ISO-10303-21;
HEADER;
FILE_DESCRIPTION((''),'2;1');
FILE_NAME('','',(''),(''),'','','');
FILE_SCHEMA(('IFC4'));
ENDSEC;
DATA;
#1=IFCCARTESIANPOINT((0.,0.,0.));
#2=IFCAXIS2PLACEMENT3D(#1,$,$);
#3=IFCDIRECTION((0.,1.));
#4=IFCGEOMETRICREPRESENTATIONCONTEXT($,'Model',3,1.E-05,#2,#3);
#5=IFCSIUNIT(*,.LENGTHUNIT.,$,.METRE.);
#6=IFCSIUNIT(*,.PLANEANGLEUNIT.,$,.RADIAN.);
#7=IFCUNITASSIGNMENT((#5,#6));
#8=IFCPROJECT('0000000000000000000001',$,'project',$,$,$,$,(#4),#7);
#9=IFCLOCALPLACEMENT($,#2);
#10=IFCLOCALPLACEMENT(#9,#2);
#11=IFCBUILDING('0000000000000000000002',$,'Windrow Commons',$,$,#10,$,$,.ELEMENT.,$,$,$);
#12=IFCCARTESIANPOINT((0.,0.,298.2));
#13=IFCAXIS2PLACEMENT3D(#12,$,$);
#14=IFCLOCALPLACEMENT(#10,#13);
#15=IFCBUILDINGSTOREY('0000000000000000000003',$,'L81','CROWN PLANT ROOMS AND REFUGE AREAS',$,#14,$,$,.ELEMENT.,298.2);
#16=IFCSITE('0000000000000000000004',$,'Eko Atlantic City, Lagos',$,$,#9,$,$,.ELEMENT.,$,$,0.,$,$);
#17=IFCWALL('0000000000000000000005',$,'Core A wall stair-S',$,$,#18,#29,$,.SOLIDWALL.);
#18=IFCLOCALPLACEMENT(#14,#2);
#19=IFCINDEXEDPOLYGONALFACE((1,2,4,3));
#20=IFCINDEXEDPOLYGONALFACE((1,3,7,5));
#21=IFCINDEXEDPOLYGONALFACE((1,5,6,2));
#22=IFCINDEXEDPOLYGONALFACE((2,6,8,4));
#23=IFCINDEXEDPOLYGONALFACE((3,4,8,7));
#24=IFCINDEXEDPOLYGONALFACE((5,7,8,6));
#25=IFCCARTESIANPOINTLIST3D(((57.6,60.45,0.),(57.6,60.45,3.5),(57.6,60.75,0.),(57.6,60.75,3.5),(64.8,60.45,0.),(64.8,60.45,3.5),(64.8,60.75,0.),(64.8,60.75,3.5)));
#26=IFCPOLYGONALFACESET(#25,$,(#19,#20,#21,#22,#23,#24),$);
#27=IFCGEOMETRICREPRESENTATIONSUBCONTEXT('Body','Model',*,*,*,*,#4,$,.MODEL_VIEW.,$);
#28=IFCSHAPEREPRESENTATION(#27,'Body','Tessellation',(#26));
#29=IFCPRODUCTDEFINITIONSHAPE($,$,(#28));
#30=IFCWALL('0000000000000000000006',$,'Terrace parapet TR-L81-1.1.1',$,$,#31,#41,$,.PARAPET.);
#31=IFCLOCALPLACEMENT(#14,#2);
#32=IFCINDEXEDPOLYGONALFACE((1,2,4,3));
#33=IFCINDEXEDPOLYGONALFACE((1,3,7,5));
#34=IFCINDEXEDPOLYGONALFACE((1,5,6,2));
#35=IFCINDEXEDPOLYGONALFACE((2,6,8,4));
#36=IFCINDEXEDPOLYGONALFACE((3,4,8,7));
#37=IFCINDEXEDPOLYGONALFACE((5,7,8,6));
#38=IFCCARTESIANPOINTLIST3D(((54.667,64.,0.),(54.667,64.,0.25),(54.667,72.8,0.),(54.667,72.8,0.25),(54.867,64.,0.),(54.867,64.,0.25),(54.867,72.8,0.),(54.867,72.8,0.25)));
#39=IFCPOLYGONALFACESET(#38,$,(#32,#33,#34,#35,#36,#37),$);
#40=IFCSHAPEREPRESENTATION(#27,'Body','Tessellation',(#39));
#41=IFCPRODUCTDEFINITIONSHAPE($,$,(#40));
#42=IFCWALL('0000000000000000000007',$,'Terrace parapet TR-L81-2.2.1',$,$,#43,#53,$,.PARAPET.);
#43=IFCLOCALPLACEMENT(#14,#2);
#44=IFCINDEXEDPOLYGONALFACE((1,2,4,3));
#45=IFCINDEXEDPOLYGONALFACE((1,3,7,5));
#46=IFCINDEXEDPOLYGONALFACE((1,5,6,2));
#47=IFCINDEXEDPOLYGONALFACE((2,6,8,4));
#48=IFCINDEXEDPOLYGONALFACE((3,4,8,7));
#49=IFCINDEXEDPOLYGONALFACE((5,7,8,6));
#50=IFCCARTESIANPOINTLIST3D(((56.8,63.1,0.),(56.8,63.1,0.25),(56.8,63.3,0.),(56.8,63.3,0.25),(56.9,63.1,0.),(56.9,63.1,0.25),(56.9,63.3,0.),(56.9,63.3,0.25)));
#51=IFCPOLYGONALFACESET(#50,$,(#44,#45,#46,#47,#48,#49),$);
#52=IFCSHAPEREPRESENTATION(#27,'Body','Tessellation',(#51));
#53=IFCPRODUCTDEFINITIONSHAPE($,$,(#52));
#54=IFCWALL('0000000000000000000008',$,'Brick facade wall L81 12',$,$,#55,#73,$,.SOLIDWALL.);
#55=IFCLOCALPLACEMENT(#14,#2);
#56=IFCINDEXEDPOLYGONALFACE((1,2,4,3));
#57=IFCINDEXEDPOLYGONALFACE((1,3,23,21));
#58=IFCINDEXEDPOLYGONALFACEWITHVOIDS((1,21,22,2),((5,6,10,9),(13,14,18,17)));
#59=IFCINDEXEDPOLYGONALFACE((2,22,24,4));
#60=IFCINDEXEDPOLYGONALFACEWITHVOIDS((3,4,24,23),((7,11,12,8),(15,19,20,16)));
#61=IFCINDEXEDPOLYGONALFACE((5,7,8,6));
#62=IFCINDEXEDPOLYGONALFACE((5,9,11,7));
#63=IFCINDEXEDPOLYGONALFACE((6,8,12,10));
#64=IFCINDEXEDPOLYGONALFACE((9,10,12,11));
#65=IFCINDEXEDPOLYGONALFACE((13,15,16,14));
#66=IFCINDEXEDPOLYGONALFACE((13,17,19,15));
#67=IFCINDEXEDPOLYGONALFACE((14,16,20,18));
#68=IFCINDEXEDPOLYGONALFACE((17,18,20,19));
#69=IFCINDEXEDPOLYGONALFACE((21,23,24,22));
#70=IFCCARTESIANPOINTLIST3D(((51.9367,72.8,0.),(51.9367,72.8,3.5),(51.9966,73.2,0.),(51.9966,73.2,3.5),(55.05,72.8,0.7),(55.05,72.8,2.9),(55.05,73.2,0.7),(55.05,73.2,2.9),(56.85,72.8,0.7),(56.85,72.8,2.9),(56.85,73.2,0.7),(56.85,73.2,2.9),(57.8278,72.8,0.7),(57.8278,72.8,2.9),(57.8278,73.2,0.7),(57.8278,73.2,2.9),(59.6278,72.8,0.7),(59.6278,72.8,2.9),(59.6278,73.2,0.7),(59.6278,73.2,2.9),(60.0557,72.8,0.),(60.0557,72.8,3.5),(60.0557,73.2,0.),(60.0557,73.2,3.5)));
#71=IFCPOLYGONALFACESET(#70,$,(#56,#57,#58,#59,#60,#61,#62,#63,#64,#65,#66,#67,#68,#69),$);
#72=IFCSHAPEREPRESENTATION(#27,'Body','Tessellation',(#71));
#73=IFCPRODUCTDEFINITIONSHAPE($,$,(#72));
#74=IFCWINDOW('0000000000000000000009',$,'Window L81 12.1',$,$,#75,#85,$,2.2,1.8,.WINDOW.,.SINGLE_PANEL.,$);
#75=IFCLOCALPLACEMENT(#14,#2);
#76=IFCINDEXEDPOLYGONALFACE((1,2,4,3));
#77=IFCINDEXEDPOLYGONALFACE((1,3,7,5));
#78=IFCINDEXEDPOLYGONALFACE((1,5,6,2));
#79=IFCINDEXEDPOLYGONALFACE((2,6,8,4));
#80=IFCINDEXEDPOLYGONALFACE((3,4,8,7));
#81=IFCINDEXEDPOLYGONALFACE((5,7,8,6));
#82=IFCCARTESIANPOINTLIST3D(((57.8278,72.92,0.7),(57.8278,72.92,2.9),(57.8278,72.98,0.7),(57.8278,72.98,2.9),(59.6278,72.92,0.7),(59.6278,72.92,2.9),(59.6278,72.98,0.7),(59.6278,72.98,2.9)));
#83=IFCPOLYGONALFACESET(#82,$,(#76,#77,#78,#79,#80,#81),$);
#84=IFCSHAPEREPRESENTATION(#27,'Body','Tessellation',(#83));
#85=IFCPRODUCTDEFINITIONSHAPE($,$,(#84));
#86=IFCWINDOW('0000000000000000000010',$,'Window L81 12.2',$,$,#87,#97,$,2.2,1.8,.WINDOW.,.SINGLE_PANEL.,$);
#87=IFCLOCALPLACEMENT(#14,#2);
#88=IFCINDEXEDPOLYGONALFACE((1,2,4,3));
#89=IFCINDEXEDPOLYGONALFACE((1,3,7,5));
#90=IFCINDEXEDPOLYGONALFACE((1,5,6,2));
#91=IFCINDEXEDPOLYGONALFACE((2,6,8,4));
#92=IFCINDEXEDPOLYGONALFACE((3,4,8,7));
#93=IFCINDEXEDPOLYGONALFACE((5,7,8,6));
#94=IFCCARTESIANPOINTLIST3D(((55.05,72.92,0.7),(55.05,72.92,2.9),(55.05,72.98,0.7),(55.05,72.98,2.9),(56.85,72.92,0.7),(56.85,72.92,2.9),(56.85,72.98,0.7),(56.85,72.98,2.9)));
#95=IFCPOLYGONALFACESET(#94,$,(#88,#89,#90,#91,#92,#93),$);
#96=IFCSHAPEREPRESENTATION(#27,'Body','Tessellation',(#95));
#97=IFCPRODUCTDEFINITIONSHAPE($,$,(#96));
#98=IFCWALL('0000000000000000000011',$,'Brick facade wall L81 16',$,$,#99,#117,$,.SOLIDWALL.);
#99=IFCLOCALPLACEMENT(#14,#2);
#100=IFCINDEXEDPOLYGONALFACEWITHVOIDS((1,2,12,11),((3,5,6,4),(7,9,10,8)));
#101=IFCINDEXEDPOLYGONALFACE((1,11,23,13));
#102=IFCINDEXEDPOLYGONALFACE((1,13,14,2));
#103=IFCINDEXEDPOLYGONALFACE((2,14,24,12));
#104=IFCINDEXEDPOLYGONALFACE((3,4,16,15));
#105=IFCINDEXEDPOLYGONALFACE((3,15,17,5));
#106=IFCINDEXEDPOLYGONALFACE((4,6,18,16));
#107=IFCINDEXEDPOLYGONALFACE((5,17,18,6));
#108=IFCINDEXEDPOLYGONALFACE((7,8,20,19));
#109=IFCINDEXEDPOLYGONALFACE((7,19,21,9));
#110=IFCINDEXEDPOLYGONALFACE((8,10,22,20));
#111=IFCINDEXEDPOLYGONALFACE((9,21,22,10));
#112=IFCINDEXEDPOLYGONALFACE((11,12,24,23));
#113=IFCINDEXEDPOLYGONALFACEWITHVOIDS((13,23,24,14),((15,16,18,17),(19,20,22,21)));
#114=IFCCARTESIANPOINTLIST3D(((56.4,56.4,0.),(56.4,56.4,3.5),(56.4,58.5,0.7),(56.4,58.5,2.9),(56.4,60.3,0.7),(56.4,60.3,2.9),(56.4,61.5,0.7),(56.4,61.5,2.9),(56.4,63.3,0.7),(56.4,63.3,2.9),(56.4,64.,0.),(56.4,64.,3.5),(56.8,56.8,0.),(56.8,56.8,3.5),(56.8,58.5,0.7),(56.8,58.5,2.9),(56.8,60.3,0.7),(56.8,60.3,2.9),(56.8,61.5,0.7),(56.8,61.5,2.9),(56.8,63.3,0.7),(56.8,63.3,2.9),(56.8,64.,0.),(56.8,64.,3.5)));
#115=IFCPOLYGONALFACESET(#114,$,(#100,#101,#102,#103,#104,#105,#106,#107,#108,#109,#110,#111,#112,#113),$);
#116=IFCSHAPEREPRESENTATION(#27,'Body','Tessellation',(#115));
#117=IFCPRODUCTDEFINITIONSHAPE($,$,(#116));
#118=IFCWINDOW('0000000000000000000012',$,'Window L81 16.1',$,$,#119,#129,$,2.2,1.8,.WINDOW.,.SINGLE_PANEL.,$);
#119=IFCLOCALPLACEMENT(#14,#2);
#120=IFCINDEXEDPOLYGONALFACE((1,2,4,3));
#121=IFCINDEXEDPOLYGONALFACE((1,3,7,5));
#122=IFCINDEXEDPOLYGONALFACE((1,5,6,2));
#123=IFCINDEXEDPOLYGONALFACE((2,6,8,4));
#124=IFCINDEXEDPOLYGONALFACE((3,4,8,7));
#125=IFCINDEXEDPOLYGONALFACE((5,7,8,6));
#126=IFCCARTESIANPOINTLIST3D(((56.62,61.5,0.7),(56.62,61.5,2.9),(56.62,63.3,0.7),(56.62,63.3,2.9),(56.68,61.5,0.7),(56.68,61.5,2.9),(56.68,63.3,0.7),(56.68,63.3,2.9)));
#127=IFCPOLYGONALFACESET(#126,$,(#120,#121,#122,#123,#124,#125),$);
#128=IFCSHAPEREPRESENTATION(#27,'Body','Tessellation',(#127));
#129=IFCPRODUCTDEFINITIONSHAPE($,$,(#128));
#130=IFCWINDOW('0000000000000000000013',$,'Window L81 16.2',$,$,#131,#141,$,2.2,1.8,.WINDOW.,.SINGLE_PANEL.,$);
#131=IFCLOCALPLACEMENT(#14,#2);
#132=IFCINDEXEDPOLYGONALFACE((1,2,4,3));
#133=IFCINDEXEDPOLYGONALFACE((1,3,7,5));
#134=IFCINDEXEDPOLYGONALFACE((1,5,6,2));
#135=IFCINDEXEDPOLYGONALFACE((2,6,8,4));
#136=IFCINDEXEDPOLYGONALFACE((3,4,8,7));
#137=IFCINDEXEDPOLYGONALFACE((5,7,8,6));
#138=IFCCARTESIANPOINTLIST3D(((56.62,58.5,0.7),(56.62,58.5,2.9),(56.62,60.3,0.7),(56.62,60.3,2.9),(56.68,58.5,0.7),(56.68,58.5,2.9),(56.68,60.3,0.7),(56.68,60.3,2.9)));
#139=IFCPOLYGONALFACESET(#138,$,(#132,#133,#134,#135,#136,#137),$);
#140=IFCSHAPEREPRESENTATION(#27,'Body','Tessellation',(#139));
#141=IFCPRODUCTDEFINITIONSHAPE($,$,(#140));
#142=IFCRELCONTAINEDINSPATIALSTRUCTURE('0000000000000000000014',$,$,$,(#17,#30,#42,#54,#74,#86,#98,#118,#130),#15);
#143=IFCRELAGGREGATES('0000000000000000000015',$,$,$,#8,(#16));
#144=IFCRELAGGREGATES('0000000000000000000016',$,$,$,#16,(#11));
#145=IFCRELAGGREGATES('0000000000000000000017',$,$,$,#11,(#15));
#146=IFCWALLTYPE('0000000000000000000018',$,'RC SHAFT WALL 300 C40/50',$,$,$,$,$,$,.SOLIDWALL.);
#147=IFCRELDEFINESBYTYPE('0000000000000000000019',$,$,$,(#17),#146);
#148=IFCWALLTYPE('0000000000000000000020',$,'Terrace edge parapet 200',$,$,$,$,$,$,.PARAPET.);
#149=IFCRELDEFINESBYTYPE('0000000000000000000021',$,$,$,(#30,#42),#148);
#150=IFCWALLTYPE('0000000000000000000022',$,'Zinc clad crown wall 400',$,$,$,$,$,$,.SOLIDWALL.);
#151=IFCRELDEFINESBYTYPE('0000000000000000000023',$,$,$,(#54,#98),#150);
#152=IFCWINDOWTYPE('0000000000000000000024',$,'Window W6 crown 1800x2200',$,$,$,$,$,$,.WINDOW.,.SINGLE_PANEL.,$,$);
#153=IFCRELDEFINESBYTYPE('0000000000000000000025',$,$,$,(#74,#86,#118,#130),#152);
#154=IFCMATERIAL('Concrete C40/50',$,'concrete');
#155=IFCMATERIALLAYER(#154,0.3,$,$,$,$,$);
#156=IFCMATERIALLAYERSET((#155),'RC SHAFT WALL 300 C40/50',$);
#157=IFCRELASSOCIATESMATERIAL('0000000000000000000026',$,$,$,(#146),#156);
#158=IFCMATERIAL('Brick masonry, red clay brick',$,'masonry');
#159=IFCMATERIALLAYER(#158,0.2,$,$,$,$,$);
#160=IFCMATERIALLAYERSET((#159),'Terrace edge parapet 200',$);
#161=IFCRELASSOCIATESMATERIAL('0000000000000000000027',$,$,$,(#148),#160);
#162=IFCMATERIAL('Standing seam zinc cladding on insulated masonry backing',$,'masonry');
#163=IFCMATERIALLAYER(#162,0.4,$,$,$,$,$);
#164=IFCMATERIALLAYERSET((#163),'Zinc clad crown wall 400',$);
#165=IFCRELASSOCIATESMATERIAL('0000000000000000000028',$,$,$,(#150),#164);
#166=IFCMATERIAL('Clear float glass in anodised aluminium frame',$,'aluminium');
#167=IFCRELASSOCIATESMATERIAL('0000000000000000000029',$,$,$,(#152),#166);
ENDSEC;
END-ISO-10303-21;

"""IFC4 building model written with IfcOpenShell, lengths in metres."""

from ifc_helpers import new_model, si_unit, direction, frame, frame_2d, origin, place, context, subcontext, project, spatial, polyline, rectangle, outline, extrude, material, layer, layer_set, type_object, element, fill, save


model = new_model("IFC4")

# Units and contexts
model_context = context("Model", 3, precision=1e-05, world=origin(), true_north=direction((0.0, 1.0)))
body_context = subcontext(model_context, "Body", "Model", "MODEL_VIEW")
ifc_project = project(units=[si_unit("LENGTHUNIT", "METRE"), si_unit("PLANEANGLEUNIT", "RADIAN")], contexts=[model_context])

# Site, building, storey
site_placement = place(None, origin())
site = spatial("IfcSite", under=ifc_project, at=site_placement, Name="Eko Atlantic City, Lagos", CompositionType="ELEMENT", RefElevation=0.0)
building_placement = place(site_placement, origin())
building = spatial("IfcBuilding", under=site, at=building_placement, Name="Windrow Commons", CompositionType="ELEMENT")
storey_placement = place(building_placement, frame((0.0, 0.0, 298.2)))
storey = spatial("IfcBuildingStorey", under=building, at=storey_placement, Name="L81", Description="CROWN PLANT ROOMS AND REFUGE AREAS", CompositionType="ELEMENT", Elevation=298.2)

# Walls
ifc_material_1 = material(Name="Concrete C40/50", Category="concrete")
ifc_layer_1 = layer(ifc_material_1, 0.3)
ifc_layer_set_1 = layer_set([ifc_layer_1], Name="RC SHAFT WALL 300 C40/50")
wall_type_1 = type_object("IfcWallType", Name="RC SHAFT WALL 300 C40/50", PredefinedType="SOLIDWALL", material=ifc_layer_set_1)
wall_1_placement = place(storey_placement, frame((57.6, 60.6, 0.0), z_axis=(0.0, 0.0, 1.0), x_axis=(1.0, 0.0, 0.0)))
element("IfcWall", 1, at=wall_1_placement, inside=storey, type_object=wall_type_1, Name="Core A wall stair-S", PredefinedType="SOLIDWALL", context=body_context, shape_type="SweptSolid", body=[
    extrude(outline(polyline([(0.0, 0.0), (7.2, 0.0), (7.2, 3.5), (0.0, 3.5), (0.0, 0.0)])), frame((0.0, 0.15, 0.0), z_axis=(0.0, -1.0, 0.0), x_axis=(1.0, 0.0, 0.0)), (0.0, 0.0, 1.0), 0.3),
])
ifc_material_2 = material(Name="Brick masonry, red clay brick", Category="masonry")
ifc_layer_2 = layer(ifc_material_2, 0.2)
ifc_layer_set_2 = layer_set([ifc_layer_2], Name="Terrace edge parapet 200")
wall_type_2 = type_object("IfcWallType", Name="Terrace edge parapet 200", PredefinedType="PARAPET", material=ifc_layer_set_2)
wall_2_placement = place(storey_placement, frame((54.767, 64.0, 0.0), z_axis=(0.0, 0.0, 1.0), x_axis=(0.0, 1.0, 0.0)))
element("IfcWall", 2, at=wall_2_placement, inside=storey, type_object=wall_type_2, Name="Terrace parapet TR-L81-1.1.1", PredefinedType="PARAPET", context=body_context, shape_type="SweptSolid", body=[
    extrude(outline(polyline([(0.0, -0.1), (8.8, -0.1), (8.8, 0.1), (0.0, 0.1), (0.0, -0.1)])), origin(), (0.0, 0.0, 1.0), 0.25),
])
wall_3_placement = place(storey_placement, frame((56.9, 63.2, 0.0), z_axis=(0.0, 0.0, 1.0), x_axis=(-1.0, 0.0, 0.0)))
element("IfcWall", 3, at=wall_3_placement, inside=storey, type_object=wall_type_2, Name="Terrace parapet TR-L81-2.2.1", PredefinedType="PARAPET", context=body_context, shape_type="SweptSolid", body=[
    extrude(outline(polyline([(0.0, -0.1), (0.1, -0.1), (0.1, 0.1), (0.0, 0.1), (0.0, -0.1)])), origin(), (0.0, 0.0, 1.0), 0.25),
])

# Walls, openings, windows
ifc_material_3 = material(Name="Standing seam zinc cladding on insulated masonry backing", Category="masonry")
ifc_layer_3 = layer(ifc_material_3, 0.4)
ifc_layer_set_3 = layer_set([ifc_layer_3], Name="Zinc clad crown wall 400")
wall_type_3 = type_object("IfcWallType", Name="Zinc clad crown wall 400", PredefinedType="SOLIDWALL", material=ifc_layer_set_3)
wall_4_placement = place(storey_placement, frame((60.0557, 73.0, 0.0), z_axis=(0.0, 0.0, 1.0), x_axis=(-1.0, 0.0, 0.0)))
wall_4 = element("IfcWall", 4, at=wall_4_placement, inside=storey, type_object=wall_type_3, Name="Brick facade wall L81 12", PredefinedType="SOLIDWALL", context=body_context, shape_type="SweptSolid", body=[
    extrude(outline(polyline([(0.0, -0.2), (8.0591, -0.2), (8.119, 0.2), (0.0, 0.2), (0.0, -0.2)])), origin(), (0.0, 0.0, 1.0), 3.5),
])
opening_1_placement = place(wall_4_placement, frame((0.4279, 0.0, 0.7)))
opening_1 = element("IfcOpeningElement", 5, at=opening_1_placement, cuts=wall_4, PredefinedType="OPENING", context=body_context, shape_type="SweptSolid", body=[
    extrude(rectangle(XDim=1.8, YDim=2.2, at=frame_2d((0.9, 1.1))), frame((0.0, 0.21, 0.0), z_axis=(0.0, -1.0, 0.0), x_axis=(1.0, 0.0, 0.0)), (0.0, 0.0, 1.0), 0.42),
])
opening_2_placement = place(wall_4_placement, frame((3.2057, 0.0, 0.7)))
opening_2 = element("IfcOpeningElement", 6, at=opening_2_placement, cuts=wall_4, PredefinedType="OPENING", context=body_context, shape_type="SweptSolid", body=[
    extrude(rectangle(XDim=1.8, YDim=2.2, at=frame_2d((0.9, 1.1))), frame((0.0, 0.21, 0.0), z_axis=(0.0, -1.0, 0.0), x_axis=(1.0, 0.0, 0.0)), (0.0, 0.0, 1.0), 0.42),
])
ifc_material_4 = material(Name="Clear float glass in anodised aluminium frame", Category="aluminium")
window_type = type_object("IfcWindowType", Name="Window W6 crown 1800x2200", PartitioningType="SINGLE_PANEL", PredefinedType="WINDOW", material=ifc_material_4)
window_1_placement = place(opening_1_placement, origin())
window_1 = element("IfcWindow", 7, at=window_1_placement, inside=storey, type_object=window_type, Name="Window L81 12.1", OverallHeight=2.2, OverallWidth=1.8, PartitioningType="SINGLE_PANEL", PredefinedType="WINDOW", context=body_context, shape_type="SweptSolid", body=[
    extrude(rectangle(XDim=1.8, YDim=2.2, at=frame_2d((0.9, 1.1))), frame((0.0, 0.08, 0.0), z_axis=(0.0, -1.0, 0.0), x_axis=(1.0, 0.0, 0.0)), (0.0, 0.0, 1.0), 0.06),
])
fill(opening_1, window_1)
window_2_placement = place(opening_2_placement, origin())
window_2 = element("IfcWindow", 8, at=window_2_placement, inside=storey, type_object=window_type, Name="Window L81 12.2", OverallHeight=2.2, OverallWidth=1.8, PartitioningType="SINGLE_PANEL", PredefinedType="WINDOW", context=body_context, shape_type="SweptSolid", body=[
    extrude(rectangle(XDim=1.8, YDim=2.2, at=frame_2d((0.9, 1.1))), frame((0.0, 0.08, 0.0), z_axis=(0.0, -1.0, 0.0), x_axis=(1.0, 0.0, 0.0)), (0.0, 0.0, 1.0), 0.06),
])
fill(opening_2, window_2)
wall_5_placement = place(storey_placement, frame((56.6, 63.8, 0.0), z_axis=(0.0, 0.0, 1.0), x_axis=(0.0, -1.0, 0.0)))
wall_5 = element("IfcWall", 9, at=wall_5_placement, inside=storey, type_object=wall_type_3, Name="Brick facade wall L81 16", PredefinedType="SOLIDWALL", context=body_context, shape_type="SweptSolid", body=[
    extrude(outline(polyline([(-0.2, -0.2), (7.4, -0.2), (7.0, 0.2), (-0.2, 0.2), (-0.2, -0.2)])), origin(), (0.0, 0.0, 1.0), 3.5),
])
opening_3_placement = place(wall_5_placement, frame((0.5, 0.0, 0.7)))
opening_3 = element("IfcOpeningElement", 10, at=opening_3_placement, cuts=wall_5, PredefinedType="OPENING", context=body_context, shape_type="SweptSolid", body=[
    extrude(rectangle(XDim=1.8, YDim=2.2, at=frame_2d((0.9, 1.1))), frame((0.0, 0.21, 0.0), z_axis=(0.0, -1.0, 0.0), x_axis=(1.0, 0.0, 0.0)), (0.0, 0.0, 1.0), 0.42),
])
opening_4_placement = place(wall_5_placement, frame((3.5, 0.0, 0.7)))
opening_4 = element("IfcOpeningElement", 11, at=opening_4_placement, cuts=wall_5, PredefinedType="OPENING", context=body_context, shape_type="SweptSolid", body=[
    extrude(rectangle(XDim=1.8, YDim=2.2, at=frame_2d((0.9, 1.1))), frame((0.0, 0.21, 0.0), z_axis=(0.0, -1.0, 0.0), x_axis=(1.0, 0.0, 0.0)), (0.0, 0.0, 1.0), 0.42),
])
window_3_placement = place(opening_3_placement, origin())
window_3 = element("IfcWindow", 12, at=window_3_placement, inside=storey, type_object=window_type, Name="Window L81 16.1", OverallHeight=2.2, OverallWidth=1.8, PartitioningType="SINGLE_PANEL", PredefinedType="WINDOW", context=body_context, shape_type="SweptSolid", body=[
    extrude(rectangle(XDim=1.8, YDim=2.2, at=frame_2d((0.9, 1.1))), frame((0.0, 0.08, 0.0), z_axis=(0.0, -1.0, 0.0), x_axis=(1.0, 0.0, 0.0)), (0.0, 0.0, 1.0), 0.06),
])
fill(opening_3, window_3)
window_4_placement = place(opening_4_placement, origin())
window_4 = element("IfcWindow", 13, at=window_4_placement, inside=storey, type_object=window_type, Name="Window L81 16.2", OverallHeight=2.2, OverallWidth=1.8, PartitioningType="SINGLE_PANEL", PredefinedType="WINDOW", context=body_context, shape_type="SweptSolid", body=[
    extrude(rectangle(XDim=1.8, YDim=2.2, at=frame_2d((0.9, 1.1))), frame((0.0, 0.08, 0.0), z_axis=(0.0, -1.0, 0.0), x_axis=(1.0, 0.0, 0.0)), (0.0, 0.0, 1.0), 0.06),
])
fill(opening_4, window_4)

save(model, "model.ifc")
